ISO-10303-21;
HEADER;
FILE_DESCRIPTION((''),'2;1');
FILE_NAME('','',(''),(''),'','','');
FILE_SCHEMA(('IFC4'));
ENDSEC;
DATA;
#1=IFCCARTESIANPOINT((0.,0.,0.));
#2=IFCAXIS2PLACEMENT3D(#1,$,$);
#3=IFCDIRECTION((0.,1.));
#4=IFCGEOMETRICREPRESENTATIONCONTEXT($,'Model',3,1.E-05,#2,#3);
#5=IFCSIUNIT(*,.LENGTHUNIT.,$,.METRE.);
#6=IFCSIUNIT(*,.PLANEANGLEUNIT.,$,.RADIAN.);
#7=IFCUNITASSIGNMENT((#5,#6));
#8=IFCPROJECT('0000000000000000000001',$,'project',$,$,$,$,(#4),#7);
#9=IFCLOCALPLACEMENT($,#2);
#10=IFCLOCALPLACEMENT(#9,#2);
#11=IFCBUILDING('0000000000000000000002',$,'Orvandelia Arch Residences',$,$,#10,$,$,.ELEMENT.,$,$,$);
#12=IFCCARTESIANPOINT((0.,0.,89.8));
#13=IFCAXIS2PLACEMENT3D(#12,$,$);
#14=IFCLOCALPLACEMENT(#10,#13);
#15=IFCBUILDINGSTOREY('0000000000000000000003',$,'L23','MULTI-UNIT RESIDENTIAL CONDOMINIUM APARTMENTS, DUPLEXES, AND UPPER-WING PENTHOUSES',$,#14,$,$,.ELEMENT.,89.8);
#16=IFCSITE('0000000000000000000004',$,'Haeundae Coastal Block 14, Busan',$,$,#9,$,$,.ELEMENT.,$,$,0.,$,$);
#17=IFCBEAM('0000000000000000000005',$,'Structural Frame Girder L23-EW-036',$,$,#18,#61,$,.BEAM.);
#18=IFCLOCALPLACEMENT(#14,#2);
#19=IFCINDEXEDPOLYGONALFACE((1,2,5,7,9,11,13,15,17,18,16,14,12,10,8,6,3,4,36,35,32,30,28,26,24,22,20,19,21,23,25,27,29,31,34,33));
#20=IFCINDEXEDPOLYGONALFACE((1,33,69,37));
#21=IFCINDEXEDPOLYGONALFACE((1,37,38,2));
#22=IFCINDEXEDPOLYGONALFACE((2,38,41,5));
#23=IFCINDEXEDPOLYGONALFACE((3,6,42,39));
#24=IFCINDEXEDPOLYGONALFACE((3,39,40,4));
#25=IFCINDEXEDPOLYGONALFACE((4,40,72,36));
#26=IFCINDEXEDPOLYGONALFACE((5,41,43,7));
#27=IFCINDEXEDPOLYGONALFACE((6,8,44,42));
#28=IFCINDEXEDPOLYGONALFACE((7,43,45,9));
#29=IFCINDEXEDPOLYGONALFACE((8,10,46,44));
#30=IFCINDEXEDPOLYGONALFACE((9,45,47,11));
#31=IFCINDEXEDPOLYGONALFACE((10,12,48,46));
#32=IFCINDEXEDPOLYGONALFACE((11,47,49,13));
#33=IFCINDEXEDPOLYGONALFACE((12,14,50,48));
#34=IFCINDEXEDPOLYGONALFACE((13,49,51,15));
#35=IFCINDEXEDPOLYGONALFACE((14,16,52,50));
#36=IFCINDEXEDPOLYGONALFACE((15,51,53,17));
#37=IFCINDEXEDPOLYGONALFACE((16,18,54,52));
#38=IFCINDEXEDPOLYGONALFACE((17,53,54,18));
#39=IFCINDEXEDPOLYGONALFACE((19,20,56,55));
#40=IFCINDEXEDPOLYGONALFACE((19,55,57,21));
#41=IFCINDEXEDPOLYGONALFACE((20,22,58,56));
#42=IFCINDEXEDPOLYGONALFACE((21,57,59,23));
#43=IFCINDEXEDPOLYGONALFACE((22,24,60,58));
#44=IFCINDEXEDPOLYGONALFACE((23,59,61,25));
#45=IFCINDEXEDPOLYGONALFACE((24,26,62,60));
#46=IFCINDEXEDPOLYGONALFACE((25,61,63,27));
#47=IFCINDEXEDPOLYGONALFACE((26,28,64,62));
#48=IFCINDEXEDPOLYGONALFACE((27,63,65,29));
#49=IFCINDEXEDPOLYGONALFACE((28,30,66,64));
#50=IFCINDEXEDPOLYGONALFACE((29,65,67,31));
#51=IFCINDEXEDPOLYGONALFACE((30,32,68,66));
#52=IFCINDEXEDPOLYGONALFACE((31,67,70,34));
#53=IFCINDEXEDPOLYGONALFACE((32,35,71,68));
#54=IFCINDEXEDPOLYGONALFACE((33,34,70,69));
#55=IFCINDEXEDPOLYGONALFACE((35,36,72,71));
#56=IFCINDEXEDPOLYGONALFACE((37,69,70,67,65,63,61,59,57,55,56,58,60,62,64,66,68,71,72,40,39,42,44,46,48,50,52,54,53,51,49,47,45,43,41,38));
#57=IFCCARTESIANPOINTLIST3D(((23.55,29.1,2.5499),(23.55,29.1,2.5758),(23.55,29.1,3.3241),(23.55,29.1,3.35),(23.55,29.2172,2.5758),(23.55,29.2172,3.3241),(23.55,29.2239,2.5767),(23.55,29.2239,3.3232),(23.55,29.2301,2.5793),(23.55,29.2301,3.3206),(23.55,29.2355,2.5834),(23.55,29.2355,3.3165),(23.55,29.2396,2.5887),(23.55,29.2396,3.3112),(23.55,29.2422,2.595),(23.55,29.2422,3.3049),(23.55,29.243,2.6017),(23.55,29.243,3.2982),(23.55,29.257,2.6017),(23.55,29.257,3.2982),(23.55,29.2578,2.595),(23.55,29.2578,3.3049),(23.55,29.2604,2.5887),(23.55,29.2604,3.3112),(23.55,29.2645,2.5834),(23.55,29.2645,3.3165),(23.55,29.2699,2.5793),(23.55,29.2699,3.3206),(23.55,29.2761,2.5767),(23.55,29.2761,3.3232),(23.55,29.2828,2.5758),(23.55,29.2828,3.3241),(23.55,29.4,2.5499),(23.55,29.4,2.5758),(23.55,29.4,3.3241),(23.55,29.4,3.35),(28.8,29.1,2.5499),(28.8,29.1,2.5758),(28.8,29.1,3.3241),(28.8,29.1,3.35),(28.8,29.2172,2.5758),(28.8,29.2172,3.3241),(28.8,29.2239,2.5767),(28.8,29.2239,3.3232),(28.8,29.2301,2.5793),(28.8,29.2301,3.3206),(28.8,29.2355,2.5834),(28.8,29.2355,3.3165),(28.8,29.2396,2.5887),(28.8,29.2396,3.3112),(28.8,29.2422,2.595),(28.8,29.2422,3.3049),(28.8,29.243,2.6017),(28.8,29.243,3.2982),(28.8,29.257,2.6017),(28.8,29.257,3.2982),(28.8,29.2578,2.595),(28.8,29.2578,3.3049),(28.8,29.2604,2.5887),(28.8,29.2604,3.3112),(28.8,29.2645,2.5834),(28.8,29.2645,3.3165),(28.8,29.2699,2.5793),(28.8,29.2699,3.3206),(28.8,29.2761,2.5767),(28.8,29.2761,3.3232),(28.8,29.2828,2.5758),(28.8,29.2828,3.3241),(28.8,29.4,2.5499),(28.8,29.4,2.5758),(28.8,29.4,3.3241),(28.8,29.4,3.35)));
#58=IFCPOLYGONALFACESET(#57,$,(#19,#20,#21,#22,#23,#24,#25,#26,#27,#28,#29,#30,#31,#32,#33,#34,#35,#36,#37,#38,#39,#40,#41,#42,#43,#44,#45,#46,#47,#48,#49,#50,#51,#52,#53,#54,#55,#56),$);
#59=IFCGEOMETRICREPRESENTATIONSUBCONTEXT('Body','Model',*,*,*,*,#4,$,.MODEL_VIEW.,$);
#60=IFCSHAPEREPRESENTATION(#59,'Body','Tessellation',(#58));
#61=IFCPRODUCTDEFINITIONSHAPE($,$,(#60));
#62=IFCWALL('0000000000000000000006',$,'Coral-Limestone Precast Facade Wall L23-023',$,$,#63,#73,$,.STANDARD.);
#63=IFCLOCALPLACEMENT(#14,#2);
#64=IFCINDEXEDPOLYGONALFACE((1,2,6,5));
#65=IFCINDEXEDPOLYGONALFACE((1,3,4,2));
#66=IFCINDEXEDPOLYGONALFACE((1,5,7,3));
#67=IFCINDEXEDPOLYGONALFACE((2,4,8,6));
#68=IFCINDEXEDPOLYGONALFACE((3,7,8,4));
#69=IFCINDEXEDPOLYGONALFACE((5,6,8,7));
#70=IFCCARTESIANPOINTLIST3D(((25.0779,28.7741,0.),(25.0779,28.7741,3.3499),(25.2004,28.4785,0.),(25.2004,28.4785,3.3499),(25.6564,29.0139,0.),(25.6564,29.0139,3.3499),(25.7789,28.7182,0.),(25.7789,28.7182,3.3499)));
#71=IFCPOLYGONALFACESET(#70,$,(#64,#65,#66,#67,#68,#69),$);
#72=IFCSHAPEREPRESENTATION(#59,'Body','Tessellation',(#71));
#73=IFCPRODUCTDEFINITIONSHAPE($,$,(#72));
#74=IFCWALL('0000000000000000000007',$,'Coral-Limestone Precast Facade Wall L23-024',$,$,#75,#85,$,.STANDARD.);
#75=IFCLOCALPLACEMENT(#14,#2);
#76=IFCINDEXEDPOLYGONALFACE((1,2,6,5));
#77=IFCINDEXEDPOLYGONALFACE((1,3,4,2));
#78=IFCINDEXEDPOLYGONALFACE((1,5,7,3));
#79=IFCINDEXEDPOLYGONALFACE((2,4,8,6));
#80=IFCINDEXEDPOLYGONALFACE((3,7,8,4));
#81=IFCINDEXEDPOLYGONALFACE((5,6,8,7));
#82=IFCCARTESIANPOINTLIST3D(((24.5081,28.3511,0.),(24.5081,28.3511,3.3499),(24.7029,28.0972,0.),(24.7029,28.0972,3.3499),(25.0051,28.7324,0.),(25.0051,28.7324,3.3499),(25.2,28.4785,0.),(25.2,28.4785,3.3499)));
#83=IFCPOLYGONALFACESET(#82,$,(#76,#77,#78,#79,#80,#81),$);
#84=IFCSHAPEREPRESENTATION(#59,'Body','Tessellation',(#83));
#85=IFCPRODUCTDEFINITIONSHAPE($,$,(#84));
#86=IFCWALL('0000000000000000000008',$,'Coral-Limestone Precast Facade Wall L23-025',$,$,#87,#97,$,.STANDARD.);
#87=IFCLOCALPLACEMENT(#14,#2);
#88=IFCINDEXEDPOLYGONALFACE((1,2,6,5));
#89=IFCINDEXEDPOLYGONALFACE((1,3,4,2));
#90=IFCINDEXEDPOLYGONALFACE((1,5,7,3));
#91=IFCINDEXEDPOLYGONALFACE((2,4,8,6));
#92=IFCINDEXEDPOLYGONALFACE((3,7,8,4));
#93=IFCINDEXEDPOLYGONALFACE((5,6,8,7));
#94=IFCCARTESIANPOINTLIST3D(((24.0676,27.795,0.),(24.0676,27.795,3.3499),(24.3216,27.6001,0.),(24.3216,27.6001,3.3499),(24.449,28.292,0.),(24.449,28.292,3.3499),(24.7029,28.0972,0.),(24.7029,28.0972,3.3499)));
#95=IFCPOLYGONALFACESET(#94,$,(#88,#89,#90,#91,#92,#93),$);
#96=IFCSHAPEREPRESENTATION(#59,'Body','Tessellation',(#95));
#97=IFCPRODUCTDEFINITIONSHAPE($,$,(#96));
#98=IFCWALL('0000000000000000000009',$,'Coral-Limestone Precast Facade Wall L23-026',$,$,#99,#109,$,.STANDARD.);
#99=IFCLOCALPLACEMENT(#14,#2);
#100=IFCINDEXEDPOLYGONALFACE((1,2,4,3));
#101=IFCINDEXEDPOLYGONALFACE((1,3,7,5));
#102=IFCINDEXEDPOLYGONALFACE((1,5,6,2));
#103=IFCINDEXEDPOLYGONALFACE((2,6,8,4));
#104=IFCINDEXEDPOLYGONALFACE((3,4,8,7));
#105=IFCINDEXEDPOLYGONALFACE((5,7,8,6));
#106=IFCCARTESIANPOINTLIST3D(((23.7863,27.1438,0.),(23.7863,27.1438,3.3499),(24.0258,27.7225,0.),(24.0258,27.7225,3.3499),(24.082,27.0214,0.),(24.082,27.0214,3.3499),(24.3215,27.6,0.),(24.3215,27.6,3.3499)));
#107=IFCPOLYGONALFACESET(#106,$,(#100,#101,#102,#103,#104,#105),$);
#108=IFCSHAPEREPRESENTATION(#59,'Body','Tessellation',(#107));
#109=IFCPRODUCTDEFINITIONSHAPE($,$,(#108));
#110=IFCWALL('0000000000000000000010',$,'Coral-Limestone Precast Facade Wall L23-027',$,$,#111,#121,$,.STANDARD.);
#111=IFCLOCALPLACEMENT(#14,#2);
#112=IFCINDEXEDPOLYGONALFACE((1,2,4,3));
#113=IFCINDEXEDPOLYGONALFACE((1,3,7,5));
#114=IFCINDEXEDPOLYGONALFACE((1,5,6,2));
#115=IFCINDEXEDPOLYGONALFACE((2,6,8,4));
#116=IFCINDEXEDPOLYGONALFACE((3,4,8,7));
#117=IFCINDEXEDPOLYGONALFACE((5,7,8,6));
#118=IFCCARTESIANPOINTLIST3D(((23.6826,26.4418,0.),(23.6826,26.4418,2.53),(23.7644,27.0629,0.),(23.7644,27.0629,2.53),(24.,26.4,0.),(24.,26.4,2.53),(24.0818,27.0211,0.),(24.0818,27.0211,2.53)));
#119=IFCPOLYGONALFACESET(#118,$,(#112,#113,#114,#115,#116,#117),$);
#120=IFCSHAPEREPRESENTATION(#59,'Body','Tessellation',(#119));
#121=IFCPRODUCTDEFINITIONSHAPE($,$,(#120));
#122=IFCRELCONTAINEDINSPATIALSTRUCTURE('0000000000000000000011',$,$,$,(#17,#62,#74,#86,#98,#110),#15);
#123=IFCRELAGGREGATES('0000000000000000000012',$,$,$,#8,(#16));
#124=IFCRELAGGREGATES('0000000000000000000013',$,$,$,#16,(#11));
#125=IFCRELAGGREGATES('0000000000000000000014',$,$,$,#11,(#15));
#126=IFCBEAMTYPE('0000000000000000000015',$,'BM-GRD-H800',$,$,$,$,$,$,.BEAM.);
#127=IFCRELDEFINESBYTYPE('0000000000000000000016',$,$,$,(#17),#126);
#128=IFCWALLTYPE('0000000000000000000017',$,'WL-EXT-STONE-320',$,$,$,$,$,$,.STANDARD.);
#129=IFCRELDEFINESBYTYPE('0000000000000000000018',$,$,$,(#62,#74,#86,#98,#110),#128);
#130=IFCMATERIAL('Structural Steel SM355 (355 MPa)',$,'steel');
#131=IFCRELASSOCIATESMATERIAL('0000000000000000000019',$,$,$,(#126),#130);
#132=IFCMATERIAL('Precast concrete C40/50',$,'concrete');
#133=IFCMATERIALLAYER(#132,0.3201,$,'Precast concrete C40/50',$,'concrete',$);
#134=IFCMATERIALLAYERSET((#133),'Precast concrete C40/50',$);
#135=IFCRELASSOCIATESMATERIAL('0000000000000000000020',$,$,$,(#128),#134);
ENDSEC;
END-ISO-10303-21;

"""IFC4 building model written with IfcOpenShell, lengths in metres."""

from ifc_helpers import new_model, si_unit, direction, frame, frame_2d, origin, origin_2d, place, context, subcontext, project, spatial, rectangle, i_section, extrude, material, layer, layer_set, material_profile, profile_set, type_object, element, save


model = new_model("IFC4")

# Units and contexts
model_context = context("Model", 3, precision=1e-05, world=origin(), true_north=direction((0.0, 1.0)))
body_context = subcontext(model_context, "Body", "Model", "MODEL_VIEW")
ifc_project = project(units=[si_unit("LENGTHUNIT", "METRE"), si_unit("PLANEANGLEUNIT", "RADIAN")], contexts=[model_context])

# Site, building, storey
site_placement = place(None, origin())
site = spatial("IfcSite", under=ifc_project, at=site_placement, Name="Haeundae Coastal Block 14, Busan", CompositionType="ELEMENT", RefElevation=0.0)
building_placement = place(site_placement, origin())
building = spatial("IfcBuilding", under=site, at=building_placement, Name="Orvandelia Arch Residences", CompositionType="ELEMENT")
storey_placement = place(building_placement, frame((0.0, 0.0, 89.8)))
storey = spatial("IfcBuildingStorey", under=building, at=storey_placement, Name="L23", Description="MULTI-UNIT RESIDENTIAL CONDOMINIUM APARTMENTS, DUPLEXES, AND UPPER-WING PENTHOUSES", CompositionType="ELEMENT", Elevation=89.8)

# Beam
ifc_material_1 = material(Name="Structural Steel SM355 (355 MPa)", Category="steel")
ifc_material_profile_1 = material_profile(ifc_material_1, i_section(OverallWidth=0.3, OverallDepth=0.8, WebThickness=0.0139, FlangeThickness=0.0259, FilletRadius=0.0259, at=origin_2d()), Name="Structural Steel SM355 (355 MPa)", Category="steel")
ifc_profile_set_1 = profile_set([ifc_material_profile_1], Name="Structural Steel SM355 (355 MPa)")
beam_type = type_object("IfcBeamType", Name="BM-GRD-H800", PredefinedType="BEAM", material=ifc_profile_set_1)
beam_1_placement = place(storey_placement, frame((23.55, 29.25, 2.95), z_axis=(1.0, 0.0, 0.0), x_axis=(0.0, 1.0, 0.0)))
element("IfcBeam", 1, at=beam_1_placement, inside=storey, type_object=beam_type, Name="Structural Frame Girder L23-EW-036", PredefinedType="BEAM", context=body_context, shape_type="SweptSolid", body=[
    extrude(i_section(OverallWidth=0.3, OverallDepth=0.8, WebThickness=0.0139, FlangeThickness=0.0259, FilletRadius=0.0259, at=origin_2d()), origin(), (0.0, 0.0, 1.0), 5.25),
])

# Walls
ifc_material_2 = material(Name="Precast concrete C40/50", Category="concrete")
ifc_layer_1 = layer(ifc_material_2, 0.3201, Name="Precast concrete C40/50", Category="concrete")
ifc_layer_set_1 = layer_set([ifc_layer_1], Name="Precast concrete C40/50")
wall_type_1 = type_object("IfcWallType", Name="WL-EXT-STONE-320", PredefinedType="STANDARD", material=ifc_layer_set_1)
wall_1_placement = place(storey_placement, frame((25.7175, 28.866, 0.0), z_axis=(0.0, 0.0, 1.0), x_axis=(-0.923836, -0.382788, 0.0)))
element("IfcWall", 2, at=wall_1_placement, inside=storey, type_object=wall_type_1, Name="Coral-Limestone Precast Facade Wall L23-023", PredefinedType="STANDARD", context=body_context, shape_type="SweptSolid", body=[
    extrude(rectangle(XDim=0.6262, YDim=0.3201, at=frame_2d((0.313, 0.0))), origin(), (0.0, 0.0, 1.0), 3.3499),
])
for number, where, z_axis, x_axis, name in (
    (3, (25.1025, 28.6055, 0.0), (0.0, 0.0, 1.0), (-0.793406, -0.608693, 0.0), "Coral-Limestone Precast Facade Wall L23-024"),
    (4, (24.5759, 28.1946, 0.0), (0.0, 0.0, 1.0), (-0.608693, -0.793406, 0.0), "Coral-Limestone Precast Facade Wall L23-025"),
):
    element("IfcWall", number, at=place(storey_placement, frame(where, z_axis=z_axis, x_axis=x_axis)), inside=storey, type_object=wall_type_1, Name=name, PredefinedType="STANDARD", context=body_context, shape_type="SweptSolid", body=[
        extrude(rectangle(XDim=0.6265, YDim=0.3201, at=frame_2d((0.3132, 0.0))), origin(), (0.0, 0.0, 1.0), 3.3499),
    ])
wall_2_placement = place(storey_placement, frame((24.1736, 27.6611, 0.0), z_axis=(0.0, 0.0, 1.0), x_axis=(-0.382455, -0.923974, 0.0)))
element("IfcWall", 5, at=wall_2_placement, inside=storey, type_object=wall_type_1, Name="Coral-Limestone Precast Facade Wall L23-026", PredefinedType="STANDARD", context=body_context, shape_type="SweptSolid", body=[
    extrude(rectangle(XDim=0.6262, YDim=0.3201, at=frame_2d((0.313, 0.0))), origin(), (0.0, 0.0, 1.0), 3.3499),
])
wall_3_placement = place(storey_placement, frame((23.9231, 27.042, 0.0), z_axis=(0.0, 0.0, 1.0), x_axis=(-0.130555, -0.991441, 0.0)))
element("IfcWall", 6, at=wall_3_placement, inside=storey, type_object=wall_type_1, Name="Coral-Limestone Precast Facade Wall L23-027", PredefinedType="STANDARD", context=body_context, shape_type="SweptSolid", body=[
    extrude(rectangle(XDim=0.6265, YDim=0.3201, at=frame_2d((0.3132, 0.0))), origin(), (0.0, 0.0, 1.0), 2.53),
])

save(model, "model.ifc")
